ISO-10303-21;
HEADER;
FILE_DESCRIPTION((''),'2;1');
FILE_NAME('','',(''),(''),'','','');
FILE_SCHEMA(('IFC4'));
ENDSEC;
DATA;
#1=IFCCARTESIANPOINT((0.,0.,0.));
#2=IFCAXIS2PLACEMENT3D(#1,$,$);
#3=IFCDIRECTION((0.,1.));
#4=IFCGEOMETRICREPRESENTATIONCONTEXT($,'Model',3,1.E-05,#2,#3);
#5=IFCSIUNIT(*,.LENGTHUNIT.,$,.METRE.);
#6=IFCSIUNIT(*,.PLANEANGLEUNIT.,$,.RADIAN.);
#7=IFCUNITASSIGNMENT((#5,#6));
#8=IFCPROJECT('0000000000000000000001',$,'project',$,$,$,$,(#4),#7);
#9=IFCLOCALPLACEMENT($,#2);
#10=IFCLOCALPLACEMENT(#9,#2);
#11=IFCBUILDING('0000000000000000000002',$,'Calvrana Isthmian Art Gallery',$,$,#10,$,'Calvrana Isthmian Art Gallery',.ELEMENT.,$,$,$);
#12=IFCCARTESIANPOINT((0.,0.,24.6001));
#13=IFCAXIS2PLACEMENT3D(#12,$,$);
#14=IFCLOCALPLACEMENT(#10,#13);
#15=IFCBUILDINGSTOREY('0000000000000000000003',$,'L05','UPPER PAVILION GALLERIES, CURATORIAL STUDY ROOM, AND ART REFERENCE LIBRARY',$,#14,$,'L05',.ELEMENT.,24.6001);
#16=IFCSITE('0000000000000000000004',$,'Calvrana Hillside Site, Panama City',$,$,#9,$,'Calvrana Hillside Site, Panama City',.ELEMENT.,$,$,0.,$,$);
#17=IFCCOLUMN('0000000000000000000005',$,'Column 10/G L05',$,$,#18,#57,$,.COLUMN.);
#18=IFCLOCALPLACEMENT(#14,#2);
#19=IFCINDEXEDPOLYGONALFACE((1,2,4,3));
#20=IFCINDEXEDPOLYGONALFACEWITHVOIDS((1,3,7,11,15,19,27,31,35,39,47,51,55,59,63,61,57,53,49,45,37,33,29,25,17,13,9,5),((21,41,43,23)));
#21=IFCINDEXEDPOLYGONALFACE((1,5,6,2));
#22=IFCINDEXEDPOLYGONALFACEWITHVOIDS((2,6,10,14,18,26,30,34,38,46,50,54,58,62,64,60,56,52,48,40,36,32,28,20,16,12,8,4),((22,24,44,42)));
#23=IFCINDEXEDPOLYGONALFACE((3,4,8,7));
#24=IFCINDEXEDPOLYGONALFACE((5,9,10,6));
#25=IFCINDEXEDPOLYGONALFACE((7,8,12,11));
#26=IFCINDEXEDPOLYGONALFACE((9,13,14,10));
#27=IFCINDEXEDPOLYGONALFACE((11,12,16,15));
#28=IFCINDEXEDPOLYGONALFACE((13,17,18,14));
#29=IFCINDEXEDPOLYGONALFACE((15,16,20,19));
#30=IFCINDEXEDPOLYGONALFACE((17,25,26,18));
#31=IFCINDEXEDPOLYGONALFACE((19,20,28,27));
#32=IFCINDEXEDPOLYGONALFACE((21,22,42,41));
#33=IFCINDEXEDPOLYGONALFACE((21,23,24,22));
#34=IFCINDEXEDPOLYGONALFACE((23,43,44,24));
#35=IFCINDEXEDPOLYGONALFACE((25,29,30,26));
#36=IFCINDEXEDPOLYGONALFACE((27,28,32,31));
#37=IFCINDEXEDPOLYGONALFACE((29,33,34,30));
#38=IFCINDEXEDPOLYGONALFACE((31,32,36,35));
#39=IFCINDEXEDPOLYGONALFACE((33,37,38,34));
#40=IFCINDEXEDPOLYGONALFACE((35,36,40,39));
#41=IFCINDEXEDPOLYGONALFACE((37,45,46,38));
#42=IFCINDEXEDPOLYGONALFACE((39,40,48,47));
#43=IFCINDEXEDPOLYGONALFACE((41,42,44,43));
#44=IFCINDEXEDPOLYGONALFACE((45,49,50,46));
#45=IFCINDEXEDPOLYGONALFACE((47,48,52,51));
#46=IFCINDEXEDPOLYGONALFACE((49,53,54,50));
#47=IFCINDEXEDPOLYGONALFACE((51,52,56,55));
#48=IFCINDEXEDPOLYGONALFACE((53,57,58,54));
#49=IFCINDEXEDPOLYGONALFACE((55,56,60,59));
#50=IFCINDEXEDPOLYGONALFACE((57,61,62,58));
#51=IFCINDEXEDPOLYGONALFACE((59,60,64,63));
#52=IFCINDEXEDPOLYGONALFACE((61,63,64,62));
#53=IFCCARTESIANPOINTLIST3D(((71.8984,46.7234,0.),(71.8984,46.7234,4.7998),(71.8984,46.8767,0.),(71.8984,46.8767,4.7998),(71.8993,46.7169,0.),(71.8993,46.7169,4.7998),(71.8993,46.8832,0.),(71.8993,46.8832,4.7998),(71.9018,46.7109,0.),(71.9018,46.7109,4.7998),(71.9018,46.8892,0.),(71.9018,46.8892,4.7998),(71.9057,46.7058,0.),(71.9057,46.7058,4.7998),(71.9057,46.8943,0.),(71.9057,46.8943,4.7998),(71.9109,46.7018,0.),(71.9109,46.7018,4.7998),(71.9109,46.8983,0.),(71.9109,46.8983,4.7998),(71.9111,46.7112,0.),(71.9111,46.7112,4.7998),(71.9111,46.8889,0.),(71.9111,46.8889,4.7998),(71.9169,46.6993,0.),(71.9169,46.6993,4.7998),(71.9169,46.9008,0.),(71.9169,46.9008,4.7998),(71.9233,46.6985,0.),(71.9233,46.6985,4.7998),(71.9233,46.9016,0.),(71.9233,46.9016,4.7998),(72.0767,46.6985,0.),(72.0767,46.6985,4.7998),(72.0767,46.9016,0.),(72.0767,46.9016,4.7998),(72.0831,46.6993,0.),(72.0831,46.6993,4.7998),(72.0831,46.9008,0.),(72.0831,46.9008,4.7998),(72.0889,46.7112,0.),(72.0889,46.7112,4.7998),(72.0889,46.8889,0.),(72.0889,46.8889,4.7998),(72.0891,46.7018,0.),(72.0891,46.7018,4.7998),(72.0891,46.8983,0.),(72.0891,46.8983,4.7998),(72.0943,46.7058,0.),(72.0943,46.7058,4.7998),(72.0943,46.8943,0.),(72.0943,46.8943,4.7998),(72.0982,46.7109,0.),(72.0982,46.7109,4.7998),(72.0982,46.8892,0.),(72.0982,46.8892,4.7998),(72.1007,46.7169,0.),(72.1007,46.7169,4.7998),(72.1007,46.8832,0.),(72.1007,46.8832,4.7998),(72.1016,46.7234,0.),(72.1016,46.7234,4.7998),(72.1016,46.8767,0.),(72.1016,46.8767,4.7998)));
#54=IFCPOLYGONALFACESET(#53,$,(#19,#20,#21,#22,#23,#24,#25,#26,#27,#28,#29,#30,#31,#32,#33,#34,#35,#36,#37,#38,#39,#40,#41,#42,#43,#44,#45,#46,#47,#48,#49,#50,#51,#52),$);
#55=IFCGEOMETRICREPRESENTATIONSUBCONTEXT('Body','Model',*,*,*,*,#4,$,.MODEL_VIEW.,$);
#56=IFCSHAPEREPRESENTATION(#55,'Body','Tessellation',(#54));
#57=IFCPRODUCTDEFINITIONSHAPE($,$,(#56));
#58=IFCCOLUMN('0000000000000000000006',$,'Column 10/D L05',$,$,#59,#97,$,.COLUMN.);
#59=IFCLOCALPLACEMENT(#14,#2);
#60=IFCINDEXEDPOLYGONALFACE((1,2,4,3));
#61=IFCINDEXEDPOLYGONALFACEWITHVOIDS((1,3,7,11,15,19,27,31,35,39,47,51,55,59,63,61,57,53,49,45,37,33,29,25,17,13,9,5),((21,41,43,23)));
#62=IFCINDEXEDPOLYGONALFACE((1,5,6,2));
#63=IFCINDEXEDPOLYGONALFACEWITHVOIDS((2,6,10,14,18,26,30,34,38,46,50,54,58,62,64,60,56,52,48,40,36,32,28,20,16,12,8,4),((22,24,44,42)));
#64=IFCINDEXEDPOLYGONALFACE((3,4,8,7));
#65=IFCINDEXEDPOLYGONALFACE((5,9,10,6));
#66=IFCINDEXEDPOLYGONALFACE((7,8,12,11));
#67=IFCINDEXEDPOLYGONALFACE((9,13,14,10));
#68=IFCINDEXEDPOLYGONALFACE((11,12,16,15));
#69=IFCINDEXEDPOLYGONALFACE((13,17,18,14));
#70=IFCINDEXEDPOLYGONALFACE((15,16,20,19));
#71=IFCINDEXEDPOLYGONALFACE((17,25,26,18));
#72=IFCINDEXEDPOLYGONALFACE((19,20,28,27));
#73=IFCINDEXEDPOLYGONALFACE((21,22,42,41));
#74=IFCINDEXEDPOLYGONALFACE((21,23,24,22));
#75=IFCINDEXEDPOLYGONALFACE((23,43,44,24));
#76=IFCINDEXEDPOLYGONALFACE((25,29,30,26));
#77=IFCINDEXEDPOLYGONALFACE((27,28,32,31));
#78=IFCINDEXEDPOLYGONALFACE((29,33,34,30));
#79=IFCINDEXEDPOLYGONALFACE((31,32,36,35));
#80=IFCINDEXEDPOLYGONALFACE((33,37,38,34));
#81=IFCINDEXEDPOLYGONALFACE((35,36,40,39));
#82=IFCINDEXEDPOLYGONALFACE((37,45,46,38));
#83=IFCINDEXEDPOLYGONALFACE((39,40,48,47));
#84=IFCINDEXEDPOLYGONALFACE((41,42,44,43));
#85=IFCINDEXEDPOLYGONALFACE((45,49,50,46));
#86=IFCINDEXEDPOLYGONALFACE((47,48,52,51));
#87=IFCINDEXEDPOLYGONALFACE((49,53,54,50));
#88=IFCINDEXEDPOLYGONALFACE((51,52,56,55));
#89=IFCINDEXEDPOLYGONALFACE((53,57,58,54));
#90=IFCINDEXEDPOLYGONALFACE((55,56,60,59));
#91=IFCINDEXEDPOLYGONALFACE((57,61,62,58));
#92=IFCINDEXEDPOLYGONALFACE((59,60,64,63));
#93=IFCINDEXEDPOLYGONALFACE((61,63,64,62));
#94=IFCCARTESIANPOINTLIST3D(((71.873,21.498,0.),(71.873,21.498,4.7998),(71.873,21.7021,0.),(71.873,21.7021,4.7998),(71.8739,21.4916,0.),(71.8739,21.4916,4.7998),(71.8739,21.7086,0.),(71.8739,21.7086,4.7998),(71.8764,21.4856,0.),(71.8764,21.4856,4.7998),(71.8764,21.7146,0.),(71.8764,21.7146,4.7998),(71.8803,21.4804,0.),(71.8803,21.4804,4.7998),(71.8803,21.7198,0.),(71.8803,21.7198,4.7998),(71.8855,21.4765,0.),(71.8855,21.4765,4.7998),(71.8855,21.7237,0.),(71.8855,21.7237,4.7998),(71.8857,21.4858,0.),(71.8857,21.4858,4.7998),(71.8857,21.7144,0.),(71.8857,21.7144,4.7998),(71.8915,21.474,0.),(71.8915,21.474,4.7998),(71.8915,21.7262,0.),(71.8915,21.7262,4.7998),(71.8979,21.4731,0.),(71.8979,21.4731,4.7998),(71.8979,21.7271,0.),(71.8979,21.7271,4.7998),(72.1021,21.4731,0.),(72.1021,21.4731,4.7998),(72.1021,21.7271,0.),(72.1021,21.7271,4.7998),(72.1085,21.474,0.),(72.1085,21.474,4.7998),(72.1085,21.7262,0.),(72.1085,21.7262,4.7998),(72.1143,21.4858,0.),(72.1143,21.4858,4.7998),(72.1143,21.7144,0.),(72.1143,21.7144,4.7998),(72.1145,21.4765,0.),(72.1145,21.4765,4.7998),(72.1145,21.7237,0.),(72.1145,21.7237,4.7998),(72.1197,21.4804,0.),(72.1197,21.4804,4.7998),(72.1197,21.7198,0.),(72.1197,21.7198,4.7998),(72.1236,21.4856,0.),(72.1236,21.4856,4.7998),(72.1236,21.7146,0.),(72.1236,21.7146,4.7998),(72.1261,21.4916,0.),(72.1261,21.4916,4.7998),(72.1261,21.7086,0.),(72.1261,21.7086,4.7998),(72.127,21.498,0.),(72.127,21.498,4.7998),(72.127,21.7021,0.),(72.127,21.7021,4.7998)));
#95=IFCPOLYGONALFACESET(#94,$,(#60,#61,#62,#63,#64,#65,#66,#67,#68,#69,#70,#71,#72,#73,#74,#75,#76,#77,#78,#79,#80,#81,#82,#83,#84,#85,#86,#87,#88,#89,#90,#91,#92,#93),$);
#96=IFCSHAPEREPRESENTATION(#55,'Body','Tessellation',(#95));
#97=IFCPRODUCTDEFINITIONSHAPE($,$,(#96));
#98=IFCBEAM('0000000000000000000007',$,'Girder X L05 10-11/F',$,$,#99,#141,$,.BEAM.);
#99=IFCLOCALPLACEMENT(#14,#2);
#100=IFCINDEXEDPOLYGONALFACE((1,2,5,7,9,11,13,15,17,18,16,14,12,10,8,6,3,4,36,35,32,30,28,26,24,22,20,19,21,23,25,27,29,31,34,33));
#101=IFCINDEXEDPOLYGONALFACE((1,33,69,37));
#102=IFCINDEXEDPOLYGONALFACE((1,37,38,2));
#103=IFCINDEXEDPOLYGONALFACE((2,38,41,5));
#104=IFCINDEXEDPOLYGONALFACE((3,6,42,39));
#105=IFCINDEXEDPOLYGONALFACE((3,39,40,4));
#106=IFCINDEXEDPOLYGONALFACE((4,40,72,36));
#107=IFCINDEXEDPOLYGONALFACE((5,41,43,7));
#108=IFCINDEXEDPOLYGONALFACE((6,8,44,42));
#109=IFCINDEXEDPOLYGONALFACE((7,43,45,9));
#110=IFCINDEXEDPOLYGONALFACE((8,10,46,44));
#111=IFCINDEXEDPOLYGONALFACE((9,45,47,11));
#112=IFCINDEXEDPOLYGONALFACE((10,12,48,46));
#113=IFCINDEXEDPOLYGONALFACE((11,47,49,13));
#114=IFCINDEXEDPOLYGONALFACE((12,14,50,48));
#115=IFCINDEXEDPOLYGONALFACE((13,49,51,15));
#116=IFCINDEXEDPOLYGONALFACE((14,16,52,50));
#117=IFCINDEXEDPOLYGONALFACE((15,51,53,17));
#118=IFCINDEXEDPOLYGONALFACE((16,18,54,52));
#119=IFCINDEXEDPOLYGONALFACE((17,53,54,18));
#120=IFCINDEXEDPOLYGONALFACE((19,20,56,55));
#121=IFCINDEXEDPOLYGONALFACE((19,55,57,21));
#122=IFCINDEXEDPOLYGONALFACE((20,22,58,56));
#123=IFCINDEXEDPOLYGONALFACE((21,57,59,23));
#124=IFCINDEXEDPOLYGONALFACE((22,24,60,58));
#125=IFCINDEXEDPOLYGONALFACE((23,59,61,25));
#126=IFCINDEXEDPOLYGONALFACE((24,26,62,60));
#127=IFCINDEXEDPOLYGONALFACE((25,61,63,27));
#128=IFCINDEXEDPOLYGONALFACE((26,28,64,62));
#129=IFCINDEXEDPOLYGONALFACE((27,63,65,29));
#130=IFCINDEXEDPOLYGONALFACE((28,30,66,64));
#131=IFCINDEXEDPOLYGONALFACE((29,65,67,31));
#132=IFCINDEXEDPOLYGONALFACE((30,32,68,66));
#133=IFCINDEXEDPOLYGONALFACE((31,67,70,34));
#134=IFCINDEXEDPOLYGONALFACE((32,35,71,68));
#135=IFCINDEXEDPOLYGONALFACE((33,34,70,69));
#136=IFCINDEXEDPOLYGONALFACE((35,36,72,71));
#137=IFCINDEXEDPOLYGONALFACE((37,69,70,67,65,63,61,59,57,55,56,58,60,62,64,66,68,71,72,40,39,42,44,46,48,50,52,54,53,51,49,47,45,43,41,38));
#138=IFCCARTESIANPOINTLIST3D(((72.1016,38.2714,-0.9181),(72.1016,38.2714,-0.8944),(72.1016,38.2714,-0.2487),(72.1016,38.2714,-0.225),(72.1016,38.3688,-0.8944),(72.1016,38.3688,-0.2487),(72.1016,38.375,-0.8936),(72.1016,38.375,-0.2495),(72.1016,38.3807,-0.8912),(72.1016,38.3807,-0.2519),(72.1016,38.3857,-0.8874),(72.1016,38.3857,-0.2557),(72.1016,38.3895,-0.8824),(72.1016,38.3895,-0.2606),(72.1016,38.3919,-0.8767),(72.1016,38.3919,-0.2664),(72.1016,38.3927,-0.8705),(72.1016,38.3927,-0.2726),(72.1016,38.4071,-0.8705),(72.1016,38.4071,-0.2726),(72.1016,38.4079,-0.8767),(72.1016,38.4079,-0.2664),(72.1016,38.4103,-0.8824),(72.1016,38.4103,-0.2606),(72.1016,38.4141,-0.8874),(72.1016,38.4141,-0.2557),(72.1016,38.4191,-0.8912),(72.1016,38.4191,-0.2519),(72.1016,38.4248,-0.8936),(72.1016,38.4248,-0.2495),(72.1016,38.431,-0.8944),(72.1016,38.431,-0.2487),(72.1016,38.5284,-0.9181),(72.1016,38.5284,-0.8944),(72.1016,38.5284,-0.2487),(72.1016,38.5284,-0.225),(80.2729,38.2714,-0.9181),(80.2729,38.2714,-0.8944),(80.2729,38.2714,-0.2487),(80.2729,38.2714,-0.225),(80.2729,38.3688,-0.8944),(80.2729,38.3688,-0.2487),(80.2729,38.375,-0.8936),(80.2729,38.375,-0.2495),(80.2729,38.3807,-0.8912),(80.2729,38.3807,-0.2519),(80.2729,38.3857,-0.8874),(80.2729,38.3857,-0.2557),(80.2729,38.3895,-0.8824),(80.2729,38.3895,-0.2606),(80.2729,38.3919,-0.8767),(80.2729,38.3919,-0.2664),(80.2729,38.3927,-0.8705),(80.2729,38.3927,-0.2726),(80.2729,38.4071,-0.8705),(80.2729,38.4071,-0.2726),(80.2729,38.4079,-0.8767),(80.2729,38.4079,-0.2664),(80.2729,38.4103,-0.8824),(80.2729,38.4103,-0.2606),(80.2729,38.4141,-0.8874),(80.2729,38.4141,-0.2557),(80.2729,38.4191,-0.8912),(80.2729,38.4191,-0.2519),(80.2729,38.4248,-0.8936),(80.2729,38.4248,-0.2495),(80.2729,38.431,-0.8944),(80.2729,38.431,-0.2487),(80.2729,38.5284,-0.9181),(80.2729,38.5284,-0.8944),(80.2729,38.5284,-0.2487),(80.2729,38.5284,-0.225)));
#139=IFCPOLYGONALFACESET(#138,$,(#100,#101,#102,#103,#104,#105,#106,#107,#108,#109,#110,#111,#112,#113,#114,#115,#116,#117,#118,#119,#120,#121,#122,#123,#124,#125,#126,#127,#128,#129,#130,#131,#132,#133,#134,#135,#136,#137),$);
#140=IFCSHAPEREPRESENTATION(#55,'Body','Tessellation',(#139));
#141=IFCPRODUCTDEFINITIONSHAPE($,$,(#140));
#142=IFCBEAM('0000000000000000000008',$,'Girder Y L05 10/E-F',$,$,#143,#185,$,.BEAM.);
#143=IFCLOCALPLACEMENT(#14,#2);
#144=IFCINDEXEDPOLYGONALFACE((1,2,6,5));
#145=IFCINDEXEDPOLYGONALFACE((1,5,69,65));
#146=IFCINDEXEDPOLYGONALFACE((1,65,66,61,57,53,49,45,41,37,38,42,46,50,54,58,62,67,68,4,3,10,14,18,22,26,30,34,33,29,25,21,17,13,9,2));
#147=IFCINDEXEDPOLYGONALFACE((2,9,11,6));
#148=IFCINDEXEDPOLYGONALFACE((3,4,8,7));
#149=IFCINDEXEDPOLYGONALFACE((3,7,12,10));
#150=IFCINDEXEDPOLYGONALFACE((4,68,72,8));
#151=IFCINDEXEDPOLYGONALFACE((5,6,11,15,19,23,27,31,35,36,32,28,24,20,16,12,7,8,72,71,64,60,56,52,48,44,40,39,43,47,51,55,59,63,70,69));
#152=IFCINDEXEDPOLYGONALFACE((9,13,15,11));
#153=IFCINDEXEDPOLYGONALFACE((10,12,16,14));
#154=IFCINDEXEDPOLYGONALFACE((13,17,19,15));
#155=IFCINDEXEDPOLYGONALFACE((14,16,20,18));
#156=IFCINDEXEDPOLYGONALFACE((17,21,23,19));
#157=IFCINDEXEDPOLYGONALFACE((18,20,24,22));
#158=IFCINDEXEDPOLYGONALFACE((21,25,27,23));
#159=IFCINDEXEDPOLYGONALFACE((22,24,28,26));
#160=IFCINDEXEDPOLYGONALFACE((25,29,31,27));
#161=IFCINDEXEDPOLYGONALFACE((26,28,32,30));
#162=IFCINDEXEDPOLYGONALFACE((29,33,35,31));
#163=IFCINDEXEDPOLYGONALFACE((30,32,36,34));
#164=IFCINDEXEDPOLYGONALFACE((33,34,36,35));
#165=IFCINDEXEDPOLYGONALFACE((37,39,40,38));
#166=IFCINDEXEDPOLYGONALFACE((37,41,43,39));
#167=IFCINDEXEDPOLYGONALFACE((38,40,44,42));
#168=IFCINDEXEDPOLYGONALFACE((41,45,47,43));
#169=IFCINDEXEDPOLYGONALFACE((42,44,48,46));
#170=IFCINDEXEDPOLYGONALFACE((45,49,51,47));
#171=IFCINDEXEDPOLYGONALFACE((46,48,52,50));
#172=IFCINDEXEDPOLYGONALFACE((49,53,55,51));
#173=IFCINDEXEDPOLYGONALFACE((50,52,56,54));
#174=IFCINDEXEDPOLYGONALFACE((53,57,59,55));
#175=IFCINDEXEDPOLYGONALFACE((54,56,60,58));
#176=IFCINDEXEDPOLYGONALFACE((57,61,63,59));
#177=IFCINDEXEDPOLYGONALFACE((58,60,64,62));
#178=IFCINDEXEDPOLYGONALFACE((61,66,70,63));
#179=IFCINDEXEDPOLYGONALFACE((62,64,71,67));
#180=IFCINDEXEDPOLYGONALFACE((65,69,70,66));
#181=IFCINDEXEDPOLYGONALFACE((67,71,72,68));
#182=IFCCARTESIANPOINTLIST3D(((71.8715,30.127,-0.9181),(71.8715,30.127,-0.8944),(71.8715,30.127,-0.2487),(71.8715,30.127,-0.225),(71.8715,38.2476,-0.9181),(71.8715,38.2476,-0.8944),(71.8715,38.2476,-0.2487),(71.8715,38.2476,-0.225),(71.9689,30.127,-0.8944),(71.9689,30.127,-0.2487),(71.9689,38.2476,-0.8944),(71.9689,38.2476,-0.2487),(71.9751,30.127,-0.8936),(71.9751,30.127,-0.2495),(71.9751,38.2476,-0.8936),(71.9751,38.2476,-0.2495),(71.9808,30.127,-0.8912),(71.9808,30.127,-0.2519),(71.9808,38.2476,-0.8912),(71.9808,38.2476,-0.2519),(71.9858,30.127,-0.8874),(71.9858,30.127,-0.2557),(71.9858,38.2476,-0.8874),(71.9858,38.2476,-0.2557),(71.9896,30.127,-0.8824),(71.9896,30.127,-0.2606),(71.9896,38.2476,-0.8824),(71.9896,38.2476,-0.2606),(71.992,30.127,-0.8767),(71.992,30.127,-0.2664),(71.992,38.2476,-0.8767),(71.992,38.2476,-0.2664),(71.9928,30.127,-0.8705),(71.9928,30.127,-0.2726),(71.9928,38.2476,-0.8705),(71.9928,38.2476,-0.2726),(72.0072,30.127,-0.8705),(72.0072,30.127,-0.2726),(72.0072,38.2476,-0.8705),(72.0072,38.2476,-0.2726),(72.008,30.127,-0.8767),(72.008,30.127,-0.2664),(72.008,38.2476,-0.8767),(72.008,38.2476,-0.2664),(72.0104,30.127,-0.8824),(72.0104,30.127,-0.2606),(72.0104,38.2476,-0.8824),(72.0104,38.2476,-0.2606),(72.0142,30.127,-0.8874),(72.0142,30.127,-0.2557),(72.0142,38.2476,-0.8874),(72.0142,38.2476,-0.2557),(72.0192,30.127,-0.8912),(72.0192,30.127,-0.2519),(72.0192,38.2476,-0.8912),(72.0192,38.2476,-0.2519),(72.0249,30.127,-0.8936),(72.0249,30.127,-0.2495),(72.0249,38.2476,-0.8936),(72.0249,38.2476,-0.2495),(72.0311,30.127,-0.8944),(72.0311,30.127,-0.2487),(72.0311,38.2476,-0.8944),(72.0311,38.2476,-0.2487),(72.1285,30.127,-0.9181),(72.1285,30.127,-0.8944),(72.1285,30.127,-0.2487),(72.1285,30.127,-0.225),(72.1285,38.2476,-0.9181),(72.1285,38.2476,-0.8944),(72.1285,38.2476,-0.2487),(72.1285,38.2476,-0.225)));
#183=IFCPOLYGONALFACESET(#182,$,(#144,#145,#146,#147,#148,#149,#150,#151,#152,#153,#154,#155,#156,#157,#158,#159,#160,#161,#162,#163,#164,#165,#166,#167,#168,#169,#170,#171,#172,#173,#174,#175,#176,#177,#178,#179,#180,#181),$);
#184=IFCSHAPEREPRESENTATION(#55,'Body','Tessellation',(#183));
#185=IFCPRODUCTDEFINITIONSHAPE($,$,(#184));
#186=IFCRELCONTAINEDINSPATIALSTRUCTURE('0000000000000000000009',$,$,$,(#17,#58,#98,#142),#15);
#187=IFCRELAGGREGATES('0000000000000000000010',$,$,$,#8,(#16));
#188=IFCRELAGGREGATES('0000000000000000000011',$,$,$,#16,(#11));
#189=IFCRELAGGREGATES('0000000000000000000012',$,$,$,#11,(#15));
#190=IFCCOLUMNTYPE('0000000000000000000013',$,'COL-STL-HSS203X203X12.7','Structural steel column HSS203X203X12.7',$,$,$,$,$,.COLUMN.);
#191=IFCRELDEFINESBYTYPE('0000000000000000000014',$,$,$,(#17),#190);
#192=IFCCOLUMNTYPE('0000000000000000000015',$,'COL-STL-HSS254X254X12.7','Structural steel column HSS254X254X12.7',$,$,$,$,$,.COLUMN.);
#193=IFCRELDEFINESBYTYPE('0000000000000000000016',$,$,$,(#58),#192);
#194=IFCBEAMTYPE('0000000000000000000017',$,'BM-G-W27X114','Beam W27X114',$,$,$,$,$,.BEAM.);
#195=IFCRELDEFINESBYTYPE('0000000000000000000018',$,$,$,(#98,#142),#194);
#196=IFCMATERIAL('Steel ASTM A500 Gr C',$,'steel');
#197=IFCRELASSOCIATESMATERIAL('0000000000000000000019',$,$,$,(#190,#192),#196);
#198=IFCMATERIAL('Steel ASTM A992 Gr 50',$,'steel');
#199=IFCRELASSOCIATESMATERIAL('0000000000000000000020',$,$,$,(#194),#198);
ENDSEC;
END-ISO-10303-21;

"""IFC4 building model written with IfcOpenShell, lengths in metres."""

from ifc_helpers import new_model, si_unit, direction, frame, origin, origin_2d, place, context, subcontext, project, spatial, hollow_rectangle, i_section, extrude, material, material_profile, profile_set, type_object, element, save


model = new_model("IFC4")

# Units and contexts
model_context = context("Model", 3, precision=1e-05, world=origin(), true_north=direction((0.0, 1.0)))
body_context = subcontext(model_context, "Body", "Model", "MODEL_VIEW")
ifc_project = project(units=[si_unit("LENGTHUNIT", "METRE"), si_unit("PLANEANGLEUNIT", "RADIAN")], contexts=[model_context])

# Site, building, storey
site_placement = place(None, origin())
site = spatial("IfcSite", under=ifc_project, at=site_placement, Name="Calvrana Hillside Site, Panama City", LongName="Calvrana Hillside Site, Panama City", CompositionType="ELEMENT", RefElevation=0.0)
building_placement = place(site_placement, origin())
building = spatial("IfcBuilding", under=site, at=building_placement, Name="Calvrana Isthmian Art Gallery", LongName="Calvrana Isthmian Art Gallery", CompositionType="ELEMENT")
storey_placement = place(building_placement, frame((0.0, 0.0, 24.6001)))
storey = spatial("IfcBuildingStorey", under=building, at=storey_placement, Name="L05", Description="UPPER PAVILION GALLERIES, CURATORIAL STUDY ROOM, AND ART REFERENCE LIBRARY", LongName="L05", CompositionType="ELEMENT", Elevation=24.6001)

# Columns
ifc_material_1 = material(Name="Steel ASTM A500 Gr C", Category="steel")
ifc_material_profile_1 = material_profile(ifc_material_1, hollow_rectangle(XDim=0.2031, YDim=0.2031, WallThickness=0.0127, OuterFilletRadius=0.0249, at=origin_2d()), Name="HSS203X203X12.7")
ifc_profile_set_1 = profile_set([ifc_material_profile_1], Name="Steel ASTM A500 Gr C")
column_type_1 = type_object("IfcColumnType", Name="COL-STL-HSS203X203X12.7", Description="Structural steel column HSS203X203X12.7", PredefinedType="COLUMN", material=ifc_profile_set_1)
column_1_placement = place(storey_placement, frame((72.0, 46.8, 0.0), z_axis=(0.0, 0.0, 1.0), x_axis=(1.0, 0.0, 0.0)))
element("IfcColumn", 1, at=column_1_placement, inside=storey, type_object=column_type_1, Name="Column 10/G L05", PredefinedType="COLUMN", context=body_context, shape_type="SweptSolid", body=[
    extrude(hollow_rectangle(XDim=0.2031, YDim=0.2031, WallThickness=0.0127, OuterFilletRadius=0.0249, at=origin_2d()), origin(), (0.0, 0.0, 1.0), 4.7998),
])
ifc_material_profile_2 = material_profile(ifc_material_1, hollow_rectangle(XDim=0.2539, YDim=0.2539, WallThickness=0.0127, OuterFilletRadius=0.0249, at=origin_2d()), Name="HSS254X254X12.7")
ifc_profile_set_2 = profile_set([ifc_material_profile_2], Name="Steel ASTM A500 Gr C")
column_type_2 = type_object("IfcColumnType", Name="COL-STL-HSS254X254X12.7", Description="Structural steel column HSS254X254X12.7", PredefinedType="COLUMN", material=ifc_profile_set_2)
column_2_placement = place(storey_placement, frame((72.0, 21.6001, 0.0), z_axis=(0.0, 0.0, 1.0), x_axis=(1.0, 0.0, 0.0)))
element("IfcColumn", 2, at=column_2_placement, inside=storey, type_object=column_type_2, Name="Column 10/D L05", PredefinedType="COLUMN", context=body_context, shape_type="SweptSolid", body=[
    extrude(hollow_rectangle(XDim=0.2539, YDim=0.2539, WallThickness=0.0127, OuterFilletRadius=0.0249, at=origin_2d()), origin(), (0.0, 0.0, 1.0), 4.7998),
])

# Beams
ifc_material_2 = material(Name="Steel ASTM A992 Gr 50", Category="steel")
ifc_material_profile_3 = material_profile(ifc_material_2, i_section(OverallWidth=0.2571, OverallDepth=0.6931, WebThickness=0.0144, FlangeThickness=0.0237, FilletRadius=0.0239, at=origin_2d()), Name="W27X114")
ifc_profile_set_3 = profile_set([ifc_material_profile_3], Name="Steel ASTM A992 Gr 50")
beam_type_1 = type_object("IfcBeamType", Name="BM-G-W27X114", Description="Beam W27X114", PredefinedType="BEAM", material=ifc_profile_set_3)
beam_1_placement = place(storey_placement, frame((72.1016, 38.3999, -0.5715), z_axis=(1.0, 0.0, 0.0), x_axis=(0.0, 1.0, 0.0)))
element("IfcBeam", 3, at=beam_1_placement, inside=storey, type_object=beam_type_1, Name="Girder X L05 10-11/F", PredefinedType="BEAM", context=body_context, shape_type="SweptSolid", body=[
    extrude(i_section(OverallWidth=0.2571, OverallDepth=0.6931, WebThickness=0.0144, FlangeThickness=0.0237, FilletRadius=0.0239, at=origin_2d()), origin(), (0.0, 0.0, 1.0), 8.1714),
])
beam_2_placement = place(storey_placement, frame((72.0, 30.127, -0.5715), z_axis=(0.0, 1.0, 0.0), x_axis=(-1.0, 0.0, 0.0)))
element("IfcBeam", 4, at=beam_2_placement, inside=storey, type_object=beam_type_1, Name="Girder Y L05 10/E-F", PredefinedType="BEAM", context=body_context, shape_type="SweptSolid", body=[
    extrude(i_section(OverallWidth=0.2571, OverallDepth=0.6931, WebThickness=0.0144, FlangeThickness=0.0237, FilletRadius=0.0239, at=origin_2d()), origin(), (0.0, 0.0, 1.0), 8.1206),
])

save(model, "model.ifc")
